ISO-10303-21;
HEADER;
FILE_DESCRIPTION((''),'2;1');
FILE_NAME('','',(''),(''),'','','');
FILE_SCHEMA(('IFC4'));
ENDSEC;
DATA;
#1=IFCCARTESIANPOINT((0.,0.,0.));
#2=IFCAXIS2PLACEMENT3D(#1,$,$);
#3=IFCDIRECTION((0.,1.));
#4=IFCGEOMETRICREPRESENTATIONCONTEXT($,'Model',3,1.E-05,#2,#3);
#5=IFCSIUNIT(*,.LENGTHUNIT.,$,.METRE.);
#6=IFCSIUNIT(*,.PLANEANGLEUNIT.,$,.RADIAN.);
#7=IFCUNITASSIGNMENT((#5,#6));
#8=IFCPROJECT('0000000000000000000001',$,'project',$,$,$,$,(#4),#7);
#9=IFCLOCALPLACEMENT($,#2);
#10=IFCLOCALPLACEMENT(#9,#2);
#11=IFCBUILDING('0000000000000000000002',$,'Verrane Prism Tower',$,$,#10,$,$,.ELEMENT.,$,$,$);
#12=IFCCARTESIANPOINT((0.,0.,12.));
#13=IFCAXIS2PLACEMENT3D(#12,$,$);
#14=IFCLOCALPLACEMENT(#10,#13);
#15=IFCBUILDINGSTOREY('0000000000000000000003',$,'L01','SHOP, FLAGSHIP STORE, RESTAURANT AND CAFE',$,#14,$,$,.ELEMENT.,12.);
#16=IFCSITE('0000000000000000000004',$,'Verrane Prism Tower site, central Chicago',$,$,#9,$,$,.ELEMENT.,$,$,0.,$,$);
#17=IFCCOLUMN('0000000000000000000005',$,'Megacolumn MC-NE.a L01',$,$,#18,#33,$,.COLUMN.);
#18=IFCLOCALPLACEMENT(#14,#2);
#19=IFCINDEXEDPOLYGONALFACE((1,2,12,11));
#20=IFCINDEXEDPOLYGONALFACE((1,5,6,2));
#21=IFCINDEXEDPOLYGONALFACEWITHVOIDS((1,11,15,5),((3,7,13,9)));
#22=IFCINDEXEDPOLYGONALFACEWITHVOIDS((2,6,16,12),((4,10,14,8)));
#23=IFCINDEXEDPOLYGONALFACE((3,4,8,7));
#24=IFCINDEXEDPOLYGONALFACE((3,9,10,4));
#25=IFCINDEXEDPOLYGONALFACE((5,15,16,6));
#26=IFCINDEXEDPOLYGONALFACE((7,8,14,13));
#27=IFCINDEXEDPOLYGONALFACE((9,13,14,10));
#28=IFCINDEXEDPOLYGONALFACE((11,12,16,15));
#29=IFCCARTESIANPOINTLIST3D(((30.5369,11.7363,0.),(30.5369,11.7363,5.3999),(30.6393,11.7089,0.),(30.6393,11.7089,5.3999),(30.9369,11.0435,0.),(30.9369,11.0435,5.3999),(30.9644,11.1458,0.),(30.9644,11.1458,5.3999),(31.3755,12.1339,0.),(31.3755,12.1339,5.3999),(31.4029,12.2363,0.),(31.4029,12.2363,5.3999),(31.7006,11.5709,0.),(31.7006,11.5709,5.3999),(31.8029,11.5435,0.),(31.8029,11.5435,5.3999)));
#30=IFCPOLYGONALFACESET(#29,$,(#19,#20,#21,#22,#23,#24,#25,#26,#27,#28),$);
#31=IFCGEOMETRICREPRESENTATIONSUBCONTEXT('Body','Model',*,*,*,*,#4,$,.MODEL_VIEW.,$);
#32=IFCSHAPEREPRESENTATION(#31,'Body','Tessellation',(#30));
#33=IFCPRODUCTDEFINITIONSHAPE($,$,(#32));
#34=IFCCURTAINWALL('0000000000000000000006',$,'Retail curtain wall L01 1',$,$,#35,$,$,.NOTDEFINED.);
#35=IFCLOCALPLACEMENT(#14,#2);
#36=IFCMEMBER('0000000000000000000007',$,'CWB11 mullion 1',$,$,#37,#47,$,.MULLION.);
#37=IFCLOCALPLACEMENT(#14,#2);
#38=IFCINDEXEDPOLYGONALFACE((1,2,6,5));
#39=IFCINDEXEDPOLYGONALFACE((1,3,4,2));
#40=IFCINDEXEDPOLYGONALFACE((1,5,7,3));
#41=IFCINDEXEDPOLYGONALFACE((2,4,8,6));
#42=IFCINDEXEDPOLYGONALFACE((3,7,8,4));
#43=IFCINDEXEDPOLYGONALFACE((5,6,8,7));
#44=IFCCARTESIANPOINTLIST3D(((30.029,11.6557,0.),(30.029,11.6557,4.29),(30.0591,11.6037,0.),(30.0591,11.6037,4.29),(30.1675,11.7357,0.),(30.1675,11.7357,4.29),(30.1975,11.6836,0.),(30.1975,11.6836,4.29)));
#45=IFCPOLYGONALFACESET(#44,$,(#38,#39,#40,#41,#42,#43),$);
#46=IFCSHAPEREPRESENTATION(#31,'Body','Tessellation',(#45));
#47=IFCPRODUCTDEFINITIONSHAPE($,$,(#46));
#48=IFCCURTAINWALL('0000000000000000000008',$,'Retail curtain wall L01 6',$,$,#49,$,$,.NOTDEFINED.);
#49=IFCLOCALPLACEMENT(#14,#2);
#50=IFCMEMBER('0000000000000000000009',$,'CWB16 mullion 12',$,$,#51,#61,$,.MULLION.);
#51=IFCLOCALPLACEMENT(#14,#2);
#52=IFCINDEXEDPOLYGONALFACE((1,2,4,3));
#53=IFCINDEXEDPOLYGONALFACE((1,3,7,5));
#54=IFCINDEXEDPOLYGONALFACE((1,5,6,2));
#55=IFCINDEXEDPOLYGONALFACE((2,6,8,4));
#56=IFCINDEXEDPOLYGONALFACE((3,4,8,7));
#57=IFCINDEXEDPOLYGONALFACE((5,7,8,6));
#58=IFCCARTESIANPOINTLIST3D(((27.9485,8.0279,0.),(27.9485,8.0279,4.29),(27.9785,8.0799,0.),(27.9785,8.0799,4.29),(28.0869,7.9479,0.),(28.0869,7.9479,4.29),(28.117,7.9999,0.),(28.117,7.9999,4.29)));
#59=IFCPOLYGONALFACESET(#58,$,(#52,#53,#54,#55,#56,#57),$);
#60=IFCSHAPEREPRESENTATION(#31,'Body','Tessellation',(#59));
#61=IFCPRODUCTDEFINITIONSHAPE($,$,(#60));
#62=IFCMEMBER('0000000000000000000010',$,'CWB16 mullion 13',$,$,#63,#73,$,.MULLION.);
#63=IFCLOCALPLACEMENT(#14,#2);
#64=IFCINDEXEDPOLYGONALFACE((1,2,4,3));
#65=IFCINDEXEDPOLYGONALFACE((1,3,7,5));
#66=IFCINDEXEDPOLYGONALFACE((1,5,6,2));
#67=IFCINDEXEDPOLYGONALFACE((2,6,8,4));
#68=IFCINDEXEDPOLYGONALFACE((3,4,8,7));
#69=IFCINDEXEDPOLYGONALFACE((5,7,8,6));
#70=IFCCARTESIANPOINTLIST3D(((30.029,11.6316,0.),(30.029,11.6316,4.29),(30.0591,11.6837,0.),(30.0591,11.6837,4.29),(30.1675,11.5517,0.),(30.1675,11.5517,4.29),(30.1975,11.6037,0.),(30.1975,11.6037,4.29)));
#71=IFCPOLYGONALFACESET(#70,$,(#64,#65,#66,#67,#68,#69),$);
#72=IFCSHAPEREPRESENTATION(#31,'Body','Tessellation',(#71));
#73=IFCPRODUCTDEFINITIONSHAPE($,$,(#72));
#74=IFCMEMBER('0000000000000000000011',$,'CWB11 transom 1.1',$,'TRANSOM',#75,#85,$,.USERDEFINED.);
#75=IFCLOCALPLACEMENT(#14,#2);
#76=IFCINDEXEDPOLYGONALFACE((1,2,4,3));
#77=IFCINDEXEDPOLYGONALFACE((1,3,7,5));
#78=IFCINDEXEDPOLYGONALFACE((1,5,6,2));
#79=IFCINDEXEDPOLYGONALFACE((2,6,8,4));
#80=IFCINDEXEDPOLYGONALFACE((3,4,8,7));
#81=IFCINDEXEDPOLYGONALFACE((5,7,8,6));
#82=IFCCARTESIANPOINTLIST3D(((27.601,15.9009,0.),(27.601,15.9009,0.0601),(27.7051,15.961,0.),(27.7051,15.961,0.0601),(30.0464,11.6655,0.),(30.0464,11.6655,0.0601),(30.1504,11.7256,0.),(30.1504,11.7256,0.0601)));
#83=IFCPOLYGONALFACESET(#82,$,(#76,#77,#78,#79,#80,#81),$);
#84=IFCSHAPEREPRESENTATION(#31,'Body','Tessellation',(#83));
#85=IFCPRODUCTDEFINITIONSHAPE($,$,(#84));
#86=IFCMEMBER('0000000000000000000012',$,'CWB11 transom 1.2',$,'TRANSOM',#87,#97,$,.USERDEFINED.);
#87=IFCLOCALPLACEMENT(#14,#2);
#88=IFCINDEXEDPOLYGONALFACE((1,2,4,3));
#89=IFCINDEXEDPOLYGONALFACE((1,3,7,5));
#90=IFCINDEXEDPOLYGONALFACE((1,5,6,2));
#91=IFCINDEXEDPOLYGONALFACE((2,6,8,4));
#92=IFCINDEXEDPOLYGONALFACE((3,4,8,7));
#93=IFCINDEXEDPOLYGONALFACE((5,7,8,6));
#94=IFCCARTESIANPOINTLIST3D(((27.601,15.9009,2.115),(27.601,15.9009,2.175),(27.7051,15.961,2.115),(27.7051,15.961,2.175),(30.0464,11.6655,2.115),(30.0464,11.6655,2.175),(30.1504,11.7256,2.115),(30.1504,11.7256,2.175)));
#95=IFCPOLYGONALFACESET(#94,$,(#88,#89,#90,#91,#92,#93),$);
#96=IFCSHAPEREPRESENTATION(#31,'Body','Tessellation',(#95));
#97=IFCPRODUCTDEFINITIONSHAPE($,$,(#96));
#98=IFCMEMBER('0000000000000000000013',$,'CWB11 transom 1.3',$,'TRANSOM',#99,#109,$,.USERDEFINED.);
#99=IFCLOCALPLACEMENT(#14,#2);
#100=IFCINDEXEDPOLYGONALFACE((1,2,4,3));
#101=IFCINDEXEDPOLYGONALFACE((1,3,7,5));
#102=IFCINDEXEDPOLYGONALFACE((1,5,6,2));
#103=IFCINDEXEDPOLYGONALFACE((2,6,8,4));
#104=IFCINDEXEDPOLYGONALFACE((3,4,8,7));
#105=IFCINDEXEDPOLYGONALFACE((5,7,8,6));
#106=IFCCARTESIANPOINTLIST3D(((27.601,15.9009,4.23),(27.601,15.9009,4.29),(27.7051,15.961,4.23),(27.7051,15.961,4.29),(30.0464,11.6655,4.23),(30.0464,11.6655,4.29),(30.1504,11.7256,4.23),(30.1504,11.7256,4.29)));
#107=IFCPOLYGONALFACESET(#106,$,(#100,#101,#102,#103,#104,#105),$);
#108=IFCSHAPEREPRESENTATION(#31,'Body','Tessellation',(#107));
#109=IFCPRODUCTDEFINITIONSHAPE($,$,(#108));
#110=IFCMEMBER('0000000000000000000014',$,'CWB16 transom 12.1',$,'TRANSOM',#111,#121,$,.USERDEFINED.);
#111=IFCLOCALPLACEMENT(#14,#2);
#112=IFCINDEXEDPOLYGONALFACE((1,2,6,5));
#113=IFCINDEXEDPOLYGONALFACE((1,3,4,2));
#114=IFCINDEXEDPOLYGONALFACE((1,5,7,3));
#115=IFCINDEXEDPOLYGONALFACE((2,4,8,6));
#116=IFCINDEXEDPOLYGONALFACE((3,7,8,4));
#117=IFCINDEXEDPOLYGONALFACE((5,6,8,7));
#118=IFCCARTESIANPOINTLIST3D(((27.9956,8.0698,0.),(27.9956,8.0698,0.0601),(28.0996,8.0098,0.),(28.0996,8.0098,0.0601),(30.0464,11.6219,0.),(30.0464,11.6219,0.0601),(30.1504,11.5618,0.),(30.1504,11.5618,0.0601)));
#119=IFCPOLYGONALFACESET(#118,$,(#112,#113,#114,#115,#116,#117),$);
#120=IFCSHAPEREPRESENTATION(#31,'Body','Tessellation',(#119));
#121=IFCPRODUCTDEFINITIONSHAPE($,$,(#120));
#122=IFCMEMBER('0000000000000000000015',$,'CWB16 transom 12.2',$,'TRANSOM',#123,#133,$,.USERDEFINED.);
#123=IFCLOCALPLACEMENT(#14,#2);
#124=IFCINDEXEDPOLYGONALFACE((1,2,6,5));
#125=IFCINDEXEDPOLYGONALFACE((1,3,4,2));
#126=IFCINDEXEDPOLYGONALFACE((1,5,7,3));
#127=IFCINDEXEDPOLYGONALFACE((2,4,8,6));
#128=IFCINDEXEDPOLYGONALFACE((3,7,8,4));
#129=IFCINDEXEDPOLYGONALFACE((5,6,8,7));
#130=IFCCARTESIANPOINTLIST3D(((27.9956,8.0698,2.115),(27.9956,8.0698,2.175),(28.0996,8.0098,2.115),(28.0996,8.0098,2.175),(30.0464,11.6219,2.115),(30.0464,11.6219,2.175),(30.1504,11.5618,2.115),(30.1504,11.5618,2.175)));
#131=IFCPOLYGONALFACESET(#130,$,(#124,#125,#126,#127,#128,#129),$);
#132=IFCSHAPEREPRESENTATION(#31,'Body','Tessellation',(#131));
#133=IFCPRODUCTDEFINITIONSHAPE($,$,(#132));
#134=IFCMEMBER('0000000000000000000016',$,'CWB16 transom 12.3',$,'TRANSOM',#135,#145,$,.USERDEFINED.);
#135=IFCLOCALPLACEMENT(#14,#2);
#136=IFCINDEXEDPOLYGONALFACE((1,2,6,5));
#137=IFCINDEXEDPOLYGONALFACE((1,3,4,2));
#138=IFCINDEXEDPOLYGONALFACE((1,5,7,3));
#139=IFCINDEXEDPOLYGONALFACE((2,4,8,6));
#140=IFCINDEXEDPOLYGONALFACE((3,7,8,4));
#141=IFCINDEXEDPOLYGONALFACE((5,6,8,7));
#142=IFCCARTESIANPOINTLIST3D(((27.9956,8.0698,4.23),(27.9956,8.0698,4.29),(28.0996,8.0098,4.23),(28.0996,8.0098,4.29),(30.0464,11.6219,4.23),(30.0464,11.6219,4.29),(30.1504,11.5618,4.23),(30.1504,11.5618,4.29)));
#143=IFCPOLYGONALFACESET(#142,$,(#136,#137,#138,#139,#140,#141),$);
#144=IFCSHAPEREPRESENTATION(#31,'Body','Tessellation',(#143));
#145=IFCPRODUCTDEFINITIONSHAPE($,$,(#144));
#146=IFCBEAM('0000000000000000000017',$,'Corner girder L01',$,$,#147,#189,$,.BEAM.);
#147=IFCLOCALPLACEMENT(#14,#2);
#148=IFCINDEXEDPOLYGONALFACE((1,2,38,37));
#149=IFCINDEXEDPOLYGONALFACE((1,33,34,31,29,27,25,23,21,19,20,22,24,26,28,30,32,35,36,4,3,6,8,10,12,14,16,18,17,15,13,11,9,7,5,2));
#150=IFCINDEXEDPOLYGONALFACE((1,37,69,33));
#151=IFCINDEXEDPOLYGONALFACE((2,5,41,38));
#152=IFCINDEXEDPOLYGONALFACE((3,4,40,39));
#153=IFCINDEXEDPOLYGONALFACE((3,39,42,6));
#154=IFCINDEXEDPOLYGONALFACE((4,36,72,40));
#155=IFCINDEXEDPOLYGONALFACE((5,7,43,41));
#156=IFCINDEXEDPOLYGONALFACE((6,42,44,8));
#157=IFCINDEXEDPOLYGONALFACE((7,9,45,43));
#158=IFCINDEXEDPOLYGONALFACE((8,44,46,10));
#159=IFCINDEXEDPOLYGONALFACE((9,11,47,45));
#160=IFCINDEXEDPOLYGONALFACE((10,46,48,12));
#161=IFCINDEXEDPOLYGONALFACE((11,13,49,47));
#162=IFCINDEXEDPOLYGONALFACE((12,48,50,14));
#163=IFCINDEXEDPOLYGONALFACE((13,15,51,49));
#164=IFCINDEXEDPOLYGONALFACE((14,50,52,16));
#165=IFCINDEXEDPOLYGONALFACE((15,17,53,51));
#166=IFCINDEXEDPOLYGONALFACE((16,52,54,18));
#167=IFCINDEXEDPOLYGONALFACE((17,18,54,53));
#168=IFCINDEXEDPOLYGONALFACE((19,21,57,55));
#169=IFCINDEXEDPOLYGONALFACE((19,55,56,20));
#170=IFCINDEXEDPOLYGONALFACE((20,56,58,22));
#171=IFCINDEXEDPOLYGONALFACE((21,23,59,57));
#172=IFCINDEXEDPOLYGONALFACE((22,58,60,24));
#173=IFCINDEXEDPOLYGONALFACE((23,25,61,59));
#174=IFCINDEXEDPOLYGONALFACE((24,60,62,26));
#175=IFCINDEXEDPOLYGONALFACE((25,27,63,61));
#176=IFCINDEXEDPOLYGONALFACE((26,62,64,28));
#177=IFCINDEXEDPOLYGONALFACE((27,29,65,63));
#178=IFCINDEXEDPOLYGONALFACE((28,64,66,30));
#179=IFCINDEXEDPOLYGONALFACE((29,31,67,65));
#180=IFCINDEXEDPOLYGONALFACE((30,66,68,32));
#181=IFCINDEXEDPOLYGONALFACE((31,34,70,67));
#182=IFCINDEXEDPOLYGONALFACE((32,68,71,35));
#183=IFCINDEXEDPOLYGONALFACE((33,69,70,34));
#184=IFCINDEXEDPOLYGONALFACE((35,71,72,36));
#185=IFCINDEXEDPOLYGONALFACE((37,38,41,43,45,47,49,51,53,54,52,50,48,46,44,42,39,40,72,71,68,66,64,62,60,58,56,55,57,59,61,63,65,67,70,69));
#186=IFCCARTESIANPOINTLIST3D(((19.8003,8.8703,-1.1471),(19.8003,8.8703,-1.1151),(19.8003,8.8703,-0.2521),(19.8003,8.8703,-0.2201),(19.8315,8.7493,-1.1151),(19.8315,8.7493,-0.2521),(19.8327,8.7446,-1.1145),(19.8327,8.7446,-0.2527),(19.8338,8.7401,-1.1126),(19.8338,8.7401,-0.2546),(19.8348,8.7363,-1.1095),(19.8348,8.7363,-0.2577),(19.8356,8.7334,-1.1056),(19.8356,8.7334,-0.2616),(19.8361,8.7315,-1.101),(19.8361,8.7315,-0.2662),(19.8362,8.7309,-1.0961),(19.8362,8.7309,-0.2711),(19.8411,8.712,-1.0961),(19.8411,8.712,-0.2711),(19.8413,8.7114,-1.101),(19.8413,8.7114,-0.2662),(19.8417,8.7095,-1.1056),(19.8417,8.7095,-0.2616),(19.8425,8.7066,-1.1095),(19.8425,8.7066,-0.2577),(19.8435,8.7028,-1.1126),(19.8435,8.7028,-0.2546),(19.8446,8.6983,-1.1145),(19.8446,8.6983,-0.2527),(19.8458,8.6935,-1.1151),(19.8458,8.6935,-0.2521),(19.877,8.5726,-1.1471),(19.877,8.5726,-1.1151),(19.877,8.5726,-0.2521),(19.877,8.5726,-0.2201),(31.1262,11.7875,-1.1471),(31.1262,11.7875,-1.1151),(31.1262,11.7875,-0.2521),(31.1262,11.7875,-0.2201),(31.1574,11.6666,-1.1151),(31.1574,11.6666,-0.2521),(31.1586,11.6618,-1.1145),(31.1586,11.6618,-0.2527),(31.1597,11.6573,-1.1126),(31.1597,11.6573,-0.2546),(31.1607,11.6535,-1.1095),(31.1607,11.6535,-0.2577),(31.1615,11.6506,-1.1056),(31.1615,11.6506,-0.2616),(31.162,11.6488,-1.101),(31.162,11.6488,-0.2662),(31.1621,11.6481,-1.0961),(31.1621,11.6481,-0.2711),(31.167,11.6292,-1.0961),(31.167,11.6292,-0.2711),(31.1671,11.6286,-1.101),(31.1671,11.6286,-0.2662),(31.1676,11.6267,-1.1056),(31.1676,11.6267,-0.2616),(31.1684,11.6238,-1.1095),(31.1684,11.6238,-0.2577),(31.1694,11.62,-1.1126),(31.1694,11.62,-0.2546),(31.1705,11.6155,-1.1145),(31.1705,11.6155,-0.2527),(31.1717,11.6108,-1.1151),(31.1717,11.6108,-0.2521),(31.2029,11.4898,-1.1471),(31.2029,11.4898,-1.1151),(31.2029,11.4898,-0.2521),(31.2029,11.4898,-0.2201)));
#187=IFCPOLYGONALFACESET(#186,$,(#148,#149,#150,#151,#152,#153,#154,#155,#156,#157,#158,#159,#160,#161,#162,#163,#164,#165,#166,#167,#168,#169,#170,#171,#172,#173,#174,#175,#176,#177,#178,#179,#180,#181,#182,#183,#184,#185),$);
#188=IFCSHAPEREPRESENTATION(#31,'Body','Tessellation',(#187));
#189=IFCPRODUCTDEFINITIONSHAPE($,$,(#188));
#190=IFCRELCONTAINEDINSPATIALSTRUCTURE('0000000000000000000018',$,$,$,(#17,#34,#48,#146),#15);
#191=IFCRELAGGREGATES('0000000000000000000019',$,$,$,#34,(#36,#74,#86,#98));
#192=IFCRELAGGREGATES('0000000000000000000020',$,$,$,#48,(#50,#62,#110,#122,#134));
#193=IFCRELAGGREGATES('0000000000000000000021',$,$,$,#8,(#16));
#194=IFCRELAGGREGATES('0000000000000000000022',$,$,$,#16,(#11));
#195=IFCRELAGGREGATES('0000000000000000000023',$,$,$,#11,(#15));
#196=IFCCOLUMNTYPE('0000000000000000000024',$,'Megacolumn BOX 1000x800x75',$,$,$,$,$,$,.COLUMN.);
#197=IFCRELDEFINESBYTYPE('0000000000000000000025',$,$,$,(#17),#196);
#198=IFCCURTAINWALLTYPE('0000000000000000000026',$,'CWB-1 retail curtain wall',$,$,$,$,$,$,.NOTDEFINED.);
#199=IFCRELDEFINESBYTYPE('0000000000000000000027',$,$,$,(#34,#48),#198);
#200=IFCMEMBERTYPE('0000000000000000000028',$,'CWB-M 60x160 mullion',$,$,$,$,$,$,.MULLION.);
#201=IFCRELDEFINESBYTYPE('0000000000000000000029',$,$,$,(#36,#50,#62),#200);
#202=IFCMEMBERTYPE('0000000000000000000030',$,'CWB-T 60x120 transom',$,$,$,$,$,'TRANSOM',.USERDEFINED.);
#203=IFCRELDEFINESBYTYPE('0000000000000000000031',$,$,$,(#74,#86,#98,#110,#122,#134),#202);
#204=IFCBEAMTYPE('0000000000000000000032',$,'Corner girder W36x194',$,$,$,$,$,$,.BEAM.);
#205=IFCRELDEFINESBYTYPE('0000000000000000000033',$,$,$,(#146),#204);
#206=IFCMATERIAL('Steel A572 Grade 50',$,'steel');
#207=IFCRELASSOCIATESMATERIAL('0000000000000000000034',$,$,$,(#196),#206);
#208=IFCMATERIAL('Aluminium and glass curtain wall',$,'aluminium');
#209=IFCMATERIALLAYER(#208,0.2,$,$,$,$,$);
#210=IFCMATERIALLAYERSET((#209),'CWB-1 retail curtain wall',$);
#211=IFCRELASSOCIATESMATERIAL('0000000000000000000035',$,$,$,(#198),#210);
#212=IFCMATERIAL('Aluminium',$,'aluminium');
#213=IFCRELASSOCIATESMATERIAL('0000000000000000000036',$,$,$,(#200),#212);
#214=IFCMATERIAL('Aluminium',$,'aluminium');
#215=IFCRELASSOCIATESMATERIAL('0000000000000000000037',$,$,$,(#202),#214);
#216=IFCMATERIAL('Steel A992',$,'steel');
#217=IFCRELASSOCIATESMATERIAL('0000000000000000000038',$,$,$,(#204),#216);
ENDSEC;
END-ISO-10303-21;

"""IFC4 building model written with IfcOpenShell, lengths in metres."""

from ifc_helpers import new_model, si_unit, direction, frame, origin, origin_2d, place, context, subcontext, project, spatial, rectangle, hollow_rectangle, i_section, extrude, material, layer, layer_set, material_profile, profile_set, type_object, element, aggregate, save


model = new_model("IFC4")

# Units and contexts
model_context = context("Model", 3, precision=1e-05, world=origin(), true_north=direction((0.0, 1.0)))
body_context = subcontext(model_context, "Body", "Model", "MODEL_VIEW")
ifc_project = project(units=[si_unit("LENGTHUNIT", "METRE"), si_unit("PLANEANGLEUNIT", "RADIAN")], contexts=[model_context])

# Site, building, storey
site_placement = place(None, origin())
site = spatial("IfcSite", under=ifc_project, at=site_placement, Name="Verrane Prism Tower site, central Chicago", CompositionType="ELEMENT", RefElevation=0.0)
building_placement = place(site_placement, origin())
building = spatial("IfcBuilding", under=site, at=building_placement, Name="Verrane Prism Tower", CompositionType="ELEMENT")
storey_placement = place(building_placement, frame((0.0, 0.0, 12.0)))
storey = spatial("IfcBuildingStorey", under=building, at=storey_placement, Name="L01", Description="SHOP, FLAGSHIP STORE, RESTAURANT AND CAFE", CompositionType="ELEMENT", Elevation=12.0)

# Column
ifc_material_1 = material(Name="Steel A572 Grade 50", Category="steel")
ifc_material_profile_1 = material_profile(ifc_material_1, hollow_rectangle(XDim=0.8, YDim=1.0, WallThickness=0.075, at=origin_2d()), Name="BOX 1000x800x75")
ifc_profile_set_1 = profile_set([ifc_material_profile_1], Name="Steel A572 Grade 50")
column_type = type_object("IfcColumnType", Name="Megacolumn BOX 1000x800x75", PredefinedType="COLUMN", material=ifc_profile_set_1)
column_placement = place(storey_placement, frame((31.1699, 11.6399, 0.0), z_axis=(0.0, 0.0, 1.0), x_axis=(0.5, -0.866025, 0.0)))
element("IfcColumn", 1, at=column_placement, inside=storey, type_object=column_type, Name="Megacolumn MC-NE.a L01", PredefinedType="COLUMN", context=body_context, shape_type="SweptSolid", body=[
    extrude(hollow_rectangle(XDim=0.8, YDim=1.0, WallThickness=0.075, at=origin_2d()), origin(), (0.0, 0.0, 1.0), 5.3999),
])

# Curtain wall, member
ifc_material_2 = material(Name="Aluminium and glass curtain wall", Category="aluminium")
ifc_layer_1 = layer(ifc_material_2, 0.2)
ifc_layer_set_1 = layer_set([ifc_layer_1], Name="CWB-1 retail curtain wall")
curtain_wall_type = type_object("IfcCurtainWallType", Name="CWB-1 retail curtain wall", PredefinedType="NOTDEFINED", material=ifc_layer_set_1)
curtain_wall_1_placement = place(storey_placement, origin())
curtain_wall_1 = element("IfcCurtainWall", 2, at=curtain_wall_1_placement, inside=storey, type_object=curtain_wall_type, Name="Retail curtain wall L01 1", PredefinedType="NOTDEFINED")
ifc_material_3 = material(Name="Aluminium", Category="aluminium")
ifc_material_profile_2 = material_profile(ifc_material_3, rectangle(XDim=0.1599, YDim=0.0601, at=origin_2d()), Name="CWB-M 60x160 mullion")
ifc_profile_set_2 = profile_set([ifc_material_profile_2], Name="Aluminium")
member_type_1 = type_object("IfcMemberType", Name="CWB-M 60x160 mullion", PredefinedType="MULLION", material=ifc_profile_set_2)
member_1_placement = place(storey_placement, frame((30.1133, 11.6697, 0.0), z_axis=(0.0, 0.0, 1.0), x_axis=(-0.866026, -0.499999, 0.0)))
member_1 = element("IfcMember", 3, at=member_1_placement, type_object=member_type_1, Name="CWB11 mullion 1", PredefinedType="MULLION", context=body_context, shape_type="SweptSolid", body=[
    extrude(rectangle(XDim=0.1599, YDim=0.0601, at=origin_2d()), origin(), (0.0, 0.0, 1.0), 4.29),
])

# Curtain wall, members
curtain_wall_2_placement = place(storey_placement, origin())
curtain_wall_2 = element("IfcCurtainWall", 4, at=curtain_wall_2_placement, inside=storey, type_object=curtain_wall_type, Name="Retail curtain wall L01 6", PredefinedType="NOTDEFINED")
member_2_placement = place(storey_placement, frame((28.0327, 8.0139, 0.0), z_axis=(0.0, 0.0, 1.0), x_axis=(-0.866025, 0.5, 0.0)))
member_2 = element("IfcMember", 5, at=member_2_placement, type_object=member_type_1, Name="CWB16 mullion 12", PredefinedType="MULLION", context=body_context, shape_type="SweptSolid", body=[
    extrude(rectangle(XDim=0.1599, YDim=0.0601, at=origin_2d()), origin(), (0.0, 0.0, 1.0), 4.29),
])
member_3_placement = place(storey_placement, frame((30.1133, 11.6177, 0.0), z_axis=(0.0, 0.0, 1.0), x_axis=(-0.866025, 0.5, 0.0)))
member_3 = element("IfcMember", 6, at=member_3_placement, type_object=member_type_1, Name="CWB16 mullion 13", PredefinedType="MULLION", context=body_context, shape_type="SweptSolid", body=[
    extrude(rectangle(XDim=0.1599, YDim=0.0601, at=origin_2d()), origin(), (0.0, 0.0, 1.0), 4.29),
])

# Members
ifc_material_4 = material(Name="Aluminium", Category="aluminium")
ifc_material_profile_3 = material_profile(ifc_material_4, rectangle(XDim=0.1201, YDim=0.0601, at=origin_2d()), Name="CWB-T 60x120 transom")
ifc_profile_set_3 = profile_set([ifc_material_profile_3], Name="Aluminium")
member_type_2 = type_object("IfcMemberType", Name="CWB-T 60x120 transom", ElementType="TRANSOM", PredefinedType="USERDEFINED", material=ifc_profile_set_3)
member_4_placement = place(storey_placement, frame((30.0984, 11.6956, 0.03), z_axis=(-0.500005, 0.866023, 0.0), x_axis=(-0.866023, -0.500005, 0.0)))
member_4 = element("IfcMember", 7, at=member_4_placement, type_object=member_type_2, Name="CWB11 transom 1.1", ObjectType="TRANSOM", PredefinedType="USERDEFINED", context=body_context, shape_type="SweptSolid", body=[
    extrude(rectangle(XDim=0.1201, YDim=0.0601, at=origin_2d()), origin(), (0.0, 0.0, 1.0), 4.8906),
])
member_5_placement = place(storey_placement, frame((30.0984, 11.6956, 2.145), z_axis=(-0.500005, 0.866023, 0.0), x_axis=(-0.866023, -0.500005, 0.0)))
member_5 = element("IfcMember", 8, at=member_5_placement, type_object=member_type_2, Name="CWB11 transom 1.2", ObjectType="TRANSOM", PredefinedType="USERDEFINED", context=body_context, shape_type="SweptSolid", body=[
    extrude(rectangle(XDim=0.1201, YDim=0.0601, at=origin_2d()), origin(), (0.0, 0.0, 1.0), 4.8906),
])
member_6_placement = place(storey_placement, frame((30.0984, 11.6956, 4.26), z_axis=(-0.500005, 0.866023, 0.0), x_axis=(-0.866023, -0.500005, 0.0)))
member_6 = element("IfcMember", 9, at=member_6_placement, type_object=member_type_2, Name="CWB11 transom 1.3", ObjectType="TRANSOM", PredefinedType="USERDEFINED", context=body_context, shape_type="SweptSolid", body=[
    extrude(rectangle(XDim=0.1201, YDim=0.0601, at=origin_2d()), origin(), (0.0, 0.0, 1.0), 4.8906),
])
aggregate(curtain_wall_1, [member_1, member_4, member_5, member_6])
member_7_placement = place(storey_placement, frame((28.0476, 8.0398, 0.03), z_axis=(0.500006, 0.866022, 0.0), x_axis=(-0.866022, 0.500006, 0.0)))
member_7 = element("IfcMember", 10, at=member_7_placement, type_object=member_type_2, Name="CWB16 transom 12.1", ObjectType="TRANSOM", PredefinedType="USERDEFINED", context=body_context, shape_type="SweptSolid", body=[
    extrude(rectangle(XDim=0.1201, YDim=0.0601, at=origin_2d()), origin(), (0.0, 0.0, 1.0), 4.1016),
])
member_8_placement = place(storey_placement, frame((28.0476, 8.0398, 2.145), z_axis=(0.500006, 0.866022, 0.0), x_axis=(-0.866022, 0.500006, 0.0)))
member_8 = element("IfcMember", 11, at=member_8_placement, type_object=member_type_2, Name="CWB16 transom 12.2", ObjectType="TRANSOM", PredefinedType="USERDEFINED", context=body_context, shape_type="SweptSolid", body=[
    extrude(rectangle(XDim=0.1201, YDim=0.0601, at=origin_2d()), origin(), (0.0, 0.0, 1.0), 4.1016),
])
member_9_placement = place(storey_placement, frame((28.0476, 8.0398, 4.26), z_axis=(0.500006, 0.866022, 0.0), x_axis=(-0.866022, 0.500006, 0.0)))
member_9 = element("IfcMember", 12, at=member_9_placement, type_object=member_type_2, Name="CWB16 transom 12.3", ObjectType="TRANSOM", PredefinedType="USERDEFINED", context=body_context, shape_type="SweptSolid", body=[
    extrude(rectangle(XDim=0.1201, YDim=0.0601, at=origin_2d()), origin(), (0.0, 0.0, 1.0), 4.1016),
])

# Beam
ifc_material_5 = material(Name="Steel A992", Category="steel")
ifc_material_profile_4 = material_profile(ifc_material_5, i_section(OverallWidth=0.3074, OverallDepth=0.927, WebThickness=0.0195, FlangeThickness=0.032, FilletRadius=0.019, at=origin_2d()), Name="W36x194")
ifc_profile_set_4 = profile_set([ifc_material_profile_4], Name="Steel A992")
beam_type_1 = type_object("IfcBeamType", Name="Corner girder W36x194", PredefinedType="BEAM", material=ifc_profile_set_4)
beam_1_placement = place(storey_placement, frame((31.1646, 11.6387, -0.6836), z_axis=(-0.968393, -0.24943, 0.0), x_axis=(0.24943, -0.968393, 0.0)))
element("IfcBeam", 13, at=beam_1_placement, inside=storey, type_object=beam_type_1, Name="Corner girder L01", PredefinedType="BEAM", context=body_context, shape_type="SweptSolid", body=[
    extrude(i_section(OverallWidth=0.3074, OverallDepth=0.927, WebThickness=0.0195, FlangeThickness=0.032, FilletRadius=0.019, at=origin_2d()), origin(), (0.0, 0.0, 1.0), 11.6956),
])

aggregate(curtain_wall_2, [member_2, member_3, member_7, member_8, member_9])

save(model, "model.ifc")
